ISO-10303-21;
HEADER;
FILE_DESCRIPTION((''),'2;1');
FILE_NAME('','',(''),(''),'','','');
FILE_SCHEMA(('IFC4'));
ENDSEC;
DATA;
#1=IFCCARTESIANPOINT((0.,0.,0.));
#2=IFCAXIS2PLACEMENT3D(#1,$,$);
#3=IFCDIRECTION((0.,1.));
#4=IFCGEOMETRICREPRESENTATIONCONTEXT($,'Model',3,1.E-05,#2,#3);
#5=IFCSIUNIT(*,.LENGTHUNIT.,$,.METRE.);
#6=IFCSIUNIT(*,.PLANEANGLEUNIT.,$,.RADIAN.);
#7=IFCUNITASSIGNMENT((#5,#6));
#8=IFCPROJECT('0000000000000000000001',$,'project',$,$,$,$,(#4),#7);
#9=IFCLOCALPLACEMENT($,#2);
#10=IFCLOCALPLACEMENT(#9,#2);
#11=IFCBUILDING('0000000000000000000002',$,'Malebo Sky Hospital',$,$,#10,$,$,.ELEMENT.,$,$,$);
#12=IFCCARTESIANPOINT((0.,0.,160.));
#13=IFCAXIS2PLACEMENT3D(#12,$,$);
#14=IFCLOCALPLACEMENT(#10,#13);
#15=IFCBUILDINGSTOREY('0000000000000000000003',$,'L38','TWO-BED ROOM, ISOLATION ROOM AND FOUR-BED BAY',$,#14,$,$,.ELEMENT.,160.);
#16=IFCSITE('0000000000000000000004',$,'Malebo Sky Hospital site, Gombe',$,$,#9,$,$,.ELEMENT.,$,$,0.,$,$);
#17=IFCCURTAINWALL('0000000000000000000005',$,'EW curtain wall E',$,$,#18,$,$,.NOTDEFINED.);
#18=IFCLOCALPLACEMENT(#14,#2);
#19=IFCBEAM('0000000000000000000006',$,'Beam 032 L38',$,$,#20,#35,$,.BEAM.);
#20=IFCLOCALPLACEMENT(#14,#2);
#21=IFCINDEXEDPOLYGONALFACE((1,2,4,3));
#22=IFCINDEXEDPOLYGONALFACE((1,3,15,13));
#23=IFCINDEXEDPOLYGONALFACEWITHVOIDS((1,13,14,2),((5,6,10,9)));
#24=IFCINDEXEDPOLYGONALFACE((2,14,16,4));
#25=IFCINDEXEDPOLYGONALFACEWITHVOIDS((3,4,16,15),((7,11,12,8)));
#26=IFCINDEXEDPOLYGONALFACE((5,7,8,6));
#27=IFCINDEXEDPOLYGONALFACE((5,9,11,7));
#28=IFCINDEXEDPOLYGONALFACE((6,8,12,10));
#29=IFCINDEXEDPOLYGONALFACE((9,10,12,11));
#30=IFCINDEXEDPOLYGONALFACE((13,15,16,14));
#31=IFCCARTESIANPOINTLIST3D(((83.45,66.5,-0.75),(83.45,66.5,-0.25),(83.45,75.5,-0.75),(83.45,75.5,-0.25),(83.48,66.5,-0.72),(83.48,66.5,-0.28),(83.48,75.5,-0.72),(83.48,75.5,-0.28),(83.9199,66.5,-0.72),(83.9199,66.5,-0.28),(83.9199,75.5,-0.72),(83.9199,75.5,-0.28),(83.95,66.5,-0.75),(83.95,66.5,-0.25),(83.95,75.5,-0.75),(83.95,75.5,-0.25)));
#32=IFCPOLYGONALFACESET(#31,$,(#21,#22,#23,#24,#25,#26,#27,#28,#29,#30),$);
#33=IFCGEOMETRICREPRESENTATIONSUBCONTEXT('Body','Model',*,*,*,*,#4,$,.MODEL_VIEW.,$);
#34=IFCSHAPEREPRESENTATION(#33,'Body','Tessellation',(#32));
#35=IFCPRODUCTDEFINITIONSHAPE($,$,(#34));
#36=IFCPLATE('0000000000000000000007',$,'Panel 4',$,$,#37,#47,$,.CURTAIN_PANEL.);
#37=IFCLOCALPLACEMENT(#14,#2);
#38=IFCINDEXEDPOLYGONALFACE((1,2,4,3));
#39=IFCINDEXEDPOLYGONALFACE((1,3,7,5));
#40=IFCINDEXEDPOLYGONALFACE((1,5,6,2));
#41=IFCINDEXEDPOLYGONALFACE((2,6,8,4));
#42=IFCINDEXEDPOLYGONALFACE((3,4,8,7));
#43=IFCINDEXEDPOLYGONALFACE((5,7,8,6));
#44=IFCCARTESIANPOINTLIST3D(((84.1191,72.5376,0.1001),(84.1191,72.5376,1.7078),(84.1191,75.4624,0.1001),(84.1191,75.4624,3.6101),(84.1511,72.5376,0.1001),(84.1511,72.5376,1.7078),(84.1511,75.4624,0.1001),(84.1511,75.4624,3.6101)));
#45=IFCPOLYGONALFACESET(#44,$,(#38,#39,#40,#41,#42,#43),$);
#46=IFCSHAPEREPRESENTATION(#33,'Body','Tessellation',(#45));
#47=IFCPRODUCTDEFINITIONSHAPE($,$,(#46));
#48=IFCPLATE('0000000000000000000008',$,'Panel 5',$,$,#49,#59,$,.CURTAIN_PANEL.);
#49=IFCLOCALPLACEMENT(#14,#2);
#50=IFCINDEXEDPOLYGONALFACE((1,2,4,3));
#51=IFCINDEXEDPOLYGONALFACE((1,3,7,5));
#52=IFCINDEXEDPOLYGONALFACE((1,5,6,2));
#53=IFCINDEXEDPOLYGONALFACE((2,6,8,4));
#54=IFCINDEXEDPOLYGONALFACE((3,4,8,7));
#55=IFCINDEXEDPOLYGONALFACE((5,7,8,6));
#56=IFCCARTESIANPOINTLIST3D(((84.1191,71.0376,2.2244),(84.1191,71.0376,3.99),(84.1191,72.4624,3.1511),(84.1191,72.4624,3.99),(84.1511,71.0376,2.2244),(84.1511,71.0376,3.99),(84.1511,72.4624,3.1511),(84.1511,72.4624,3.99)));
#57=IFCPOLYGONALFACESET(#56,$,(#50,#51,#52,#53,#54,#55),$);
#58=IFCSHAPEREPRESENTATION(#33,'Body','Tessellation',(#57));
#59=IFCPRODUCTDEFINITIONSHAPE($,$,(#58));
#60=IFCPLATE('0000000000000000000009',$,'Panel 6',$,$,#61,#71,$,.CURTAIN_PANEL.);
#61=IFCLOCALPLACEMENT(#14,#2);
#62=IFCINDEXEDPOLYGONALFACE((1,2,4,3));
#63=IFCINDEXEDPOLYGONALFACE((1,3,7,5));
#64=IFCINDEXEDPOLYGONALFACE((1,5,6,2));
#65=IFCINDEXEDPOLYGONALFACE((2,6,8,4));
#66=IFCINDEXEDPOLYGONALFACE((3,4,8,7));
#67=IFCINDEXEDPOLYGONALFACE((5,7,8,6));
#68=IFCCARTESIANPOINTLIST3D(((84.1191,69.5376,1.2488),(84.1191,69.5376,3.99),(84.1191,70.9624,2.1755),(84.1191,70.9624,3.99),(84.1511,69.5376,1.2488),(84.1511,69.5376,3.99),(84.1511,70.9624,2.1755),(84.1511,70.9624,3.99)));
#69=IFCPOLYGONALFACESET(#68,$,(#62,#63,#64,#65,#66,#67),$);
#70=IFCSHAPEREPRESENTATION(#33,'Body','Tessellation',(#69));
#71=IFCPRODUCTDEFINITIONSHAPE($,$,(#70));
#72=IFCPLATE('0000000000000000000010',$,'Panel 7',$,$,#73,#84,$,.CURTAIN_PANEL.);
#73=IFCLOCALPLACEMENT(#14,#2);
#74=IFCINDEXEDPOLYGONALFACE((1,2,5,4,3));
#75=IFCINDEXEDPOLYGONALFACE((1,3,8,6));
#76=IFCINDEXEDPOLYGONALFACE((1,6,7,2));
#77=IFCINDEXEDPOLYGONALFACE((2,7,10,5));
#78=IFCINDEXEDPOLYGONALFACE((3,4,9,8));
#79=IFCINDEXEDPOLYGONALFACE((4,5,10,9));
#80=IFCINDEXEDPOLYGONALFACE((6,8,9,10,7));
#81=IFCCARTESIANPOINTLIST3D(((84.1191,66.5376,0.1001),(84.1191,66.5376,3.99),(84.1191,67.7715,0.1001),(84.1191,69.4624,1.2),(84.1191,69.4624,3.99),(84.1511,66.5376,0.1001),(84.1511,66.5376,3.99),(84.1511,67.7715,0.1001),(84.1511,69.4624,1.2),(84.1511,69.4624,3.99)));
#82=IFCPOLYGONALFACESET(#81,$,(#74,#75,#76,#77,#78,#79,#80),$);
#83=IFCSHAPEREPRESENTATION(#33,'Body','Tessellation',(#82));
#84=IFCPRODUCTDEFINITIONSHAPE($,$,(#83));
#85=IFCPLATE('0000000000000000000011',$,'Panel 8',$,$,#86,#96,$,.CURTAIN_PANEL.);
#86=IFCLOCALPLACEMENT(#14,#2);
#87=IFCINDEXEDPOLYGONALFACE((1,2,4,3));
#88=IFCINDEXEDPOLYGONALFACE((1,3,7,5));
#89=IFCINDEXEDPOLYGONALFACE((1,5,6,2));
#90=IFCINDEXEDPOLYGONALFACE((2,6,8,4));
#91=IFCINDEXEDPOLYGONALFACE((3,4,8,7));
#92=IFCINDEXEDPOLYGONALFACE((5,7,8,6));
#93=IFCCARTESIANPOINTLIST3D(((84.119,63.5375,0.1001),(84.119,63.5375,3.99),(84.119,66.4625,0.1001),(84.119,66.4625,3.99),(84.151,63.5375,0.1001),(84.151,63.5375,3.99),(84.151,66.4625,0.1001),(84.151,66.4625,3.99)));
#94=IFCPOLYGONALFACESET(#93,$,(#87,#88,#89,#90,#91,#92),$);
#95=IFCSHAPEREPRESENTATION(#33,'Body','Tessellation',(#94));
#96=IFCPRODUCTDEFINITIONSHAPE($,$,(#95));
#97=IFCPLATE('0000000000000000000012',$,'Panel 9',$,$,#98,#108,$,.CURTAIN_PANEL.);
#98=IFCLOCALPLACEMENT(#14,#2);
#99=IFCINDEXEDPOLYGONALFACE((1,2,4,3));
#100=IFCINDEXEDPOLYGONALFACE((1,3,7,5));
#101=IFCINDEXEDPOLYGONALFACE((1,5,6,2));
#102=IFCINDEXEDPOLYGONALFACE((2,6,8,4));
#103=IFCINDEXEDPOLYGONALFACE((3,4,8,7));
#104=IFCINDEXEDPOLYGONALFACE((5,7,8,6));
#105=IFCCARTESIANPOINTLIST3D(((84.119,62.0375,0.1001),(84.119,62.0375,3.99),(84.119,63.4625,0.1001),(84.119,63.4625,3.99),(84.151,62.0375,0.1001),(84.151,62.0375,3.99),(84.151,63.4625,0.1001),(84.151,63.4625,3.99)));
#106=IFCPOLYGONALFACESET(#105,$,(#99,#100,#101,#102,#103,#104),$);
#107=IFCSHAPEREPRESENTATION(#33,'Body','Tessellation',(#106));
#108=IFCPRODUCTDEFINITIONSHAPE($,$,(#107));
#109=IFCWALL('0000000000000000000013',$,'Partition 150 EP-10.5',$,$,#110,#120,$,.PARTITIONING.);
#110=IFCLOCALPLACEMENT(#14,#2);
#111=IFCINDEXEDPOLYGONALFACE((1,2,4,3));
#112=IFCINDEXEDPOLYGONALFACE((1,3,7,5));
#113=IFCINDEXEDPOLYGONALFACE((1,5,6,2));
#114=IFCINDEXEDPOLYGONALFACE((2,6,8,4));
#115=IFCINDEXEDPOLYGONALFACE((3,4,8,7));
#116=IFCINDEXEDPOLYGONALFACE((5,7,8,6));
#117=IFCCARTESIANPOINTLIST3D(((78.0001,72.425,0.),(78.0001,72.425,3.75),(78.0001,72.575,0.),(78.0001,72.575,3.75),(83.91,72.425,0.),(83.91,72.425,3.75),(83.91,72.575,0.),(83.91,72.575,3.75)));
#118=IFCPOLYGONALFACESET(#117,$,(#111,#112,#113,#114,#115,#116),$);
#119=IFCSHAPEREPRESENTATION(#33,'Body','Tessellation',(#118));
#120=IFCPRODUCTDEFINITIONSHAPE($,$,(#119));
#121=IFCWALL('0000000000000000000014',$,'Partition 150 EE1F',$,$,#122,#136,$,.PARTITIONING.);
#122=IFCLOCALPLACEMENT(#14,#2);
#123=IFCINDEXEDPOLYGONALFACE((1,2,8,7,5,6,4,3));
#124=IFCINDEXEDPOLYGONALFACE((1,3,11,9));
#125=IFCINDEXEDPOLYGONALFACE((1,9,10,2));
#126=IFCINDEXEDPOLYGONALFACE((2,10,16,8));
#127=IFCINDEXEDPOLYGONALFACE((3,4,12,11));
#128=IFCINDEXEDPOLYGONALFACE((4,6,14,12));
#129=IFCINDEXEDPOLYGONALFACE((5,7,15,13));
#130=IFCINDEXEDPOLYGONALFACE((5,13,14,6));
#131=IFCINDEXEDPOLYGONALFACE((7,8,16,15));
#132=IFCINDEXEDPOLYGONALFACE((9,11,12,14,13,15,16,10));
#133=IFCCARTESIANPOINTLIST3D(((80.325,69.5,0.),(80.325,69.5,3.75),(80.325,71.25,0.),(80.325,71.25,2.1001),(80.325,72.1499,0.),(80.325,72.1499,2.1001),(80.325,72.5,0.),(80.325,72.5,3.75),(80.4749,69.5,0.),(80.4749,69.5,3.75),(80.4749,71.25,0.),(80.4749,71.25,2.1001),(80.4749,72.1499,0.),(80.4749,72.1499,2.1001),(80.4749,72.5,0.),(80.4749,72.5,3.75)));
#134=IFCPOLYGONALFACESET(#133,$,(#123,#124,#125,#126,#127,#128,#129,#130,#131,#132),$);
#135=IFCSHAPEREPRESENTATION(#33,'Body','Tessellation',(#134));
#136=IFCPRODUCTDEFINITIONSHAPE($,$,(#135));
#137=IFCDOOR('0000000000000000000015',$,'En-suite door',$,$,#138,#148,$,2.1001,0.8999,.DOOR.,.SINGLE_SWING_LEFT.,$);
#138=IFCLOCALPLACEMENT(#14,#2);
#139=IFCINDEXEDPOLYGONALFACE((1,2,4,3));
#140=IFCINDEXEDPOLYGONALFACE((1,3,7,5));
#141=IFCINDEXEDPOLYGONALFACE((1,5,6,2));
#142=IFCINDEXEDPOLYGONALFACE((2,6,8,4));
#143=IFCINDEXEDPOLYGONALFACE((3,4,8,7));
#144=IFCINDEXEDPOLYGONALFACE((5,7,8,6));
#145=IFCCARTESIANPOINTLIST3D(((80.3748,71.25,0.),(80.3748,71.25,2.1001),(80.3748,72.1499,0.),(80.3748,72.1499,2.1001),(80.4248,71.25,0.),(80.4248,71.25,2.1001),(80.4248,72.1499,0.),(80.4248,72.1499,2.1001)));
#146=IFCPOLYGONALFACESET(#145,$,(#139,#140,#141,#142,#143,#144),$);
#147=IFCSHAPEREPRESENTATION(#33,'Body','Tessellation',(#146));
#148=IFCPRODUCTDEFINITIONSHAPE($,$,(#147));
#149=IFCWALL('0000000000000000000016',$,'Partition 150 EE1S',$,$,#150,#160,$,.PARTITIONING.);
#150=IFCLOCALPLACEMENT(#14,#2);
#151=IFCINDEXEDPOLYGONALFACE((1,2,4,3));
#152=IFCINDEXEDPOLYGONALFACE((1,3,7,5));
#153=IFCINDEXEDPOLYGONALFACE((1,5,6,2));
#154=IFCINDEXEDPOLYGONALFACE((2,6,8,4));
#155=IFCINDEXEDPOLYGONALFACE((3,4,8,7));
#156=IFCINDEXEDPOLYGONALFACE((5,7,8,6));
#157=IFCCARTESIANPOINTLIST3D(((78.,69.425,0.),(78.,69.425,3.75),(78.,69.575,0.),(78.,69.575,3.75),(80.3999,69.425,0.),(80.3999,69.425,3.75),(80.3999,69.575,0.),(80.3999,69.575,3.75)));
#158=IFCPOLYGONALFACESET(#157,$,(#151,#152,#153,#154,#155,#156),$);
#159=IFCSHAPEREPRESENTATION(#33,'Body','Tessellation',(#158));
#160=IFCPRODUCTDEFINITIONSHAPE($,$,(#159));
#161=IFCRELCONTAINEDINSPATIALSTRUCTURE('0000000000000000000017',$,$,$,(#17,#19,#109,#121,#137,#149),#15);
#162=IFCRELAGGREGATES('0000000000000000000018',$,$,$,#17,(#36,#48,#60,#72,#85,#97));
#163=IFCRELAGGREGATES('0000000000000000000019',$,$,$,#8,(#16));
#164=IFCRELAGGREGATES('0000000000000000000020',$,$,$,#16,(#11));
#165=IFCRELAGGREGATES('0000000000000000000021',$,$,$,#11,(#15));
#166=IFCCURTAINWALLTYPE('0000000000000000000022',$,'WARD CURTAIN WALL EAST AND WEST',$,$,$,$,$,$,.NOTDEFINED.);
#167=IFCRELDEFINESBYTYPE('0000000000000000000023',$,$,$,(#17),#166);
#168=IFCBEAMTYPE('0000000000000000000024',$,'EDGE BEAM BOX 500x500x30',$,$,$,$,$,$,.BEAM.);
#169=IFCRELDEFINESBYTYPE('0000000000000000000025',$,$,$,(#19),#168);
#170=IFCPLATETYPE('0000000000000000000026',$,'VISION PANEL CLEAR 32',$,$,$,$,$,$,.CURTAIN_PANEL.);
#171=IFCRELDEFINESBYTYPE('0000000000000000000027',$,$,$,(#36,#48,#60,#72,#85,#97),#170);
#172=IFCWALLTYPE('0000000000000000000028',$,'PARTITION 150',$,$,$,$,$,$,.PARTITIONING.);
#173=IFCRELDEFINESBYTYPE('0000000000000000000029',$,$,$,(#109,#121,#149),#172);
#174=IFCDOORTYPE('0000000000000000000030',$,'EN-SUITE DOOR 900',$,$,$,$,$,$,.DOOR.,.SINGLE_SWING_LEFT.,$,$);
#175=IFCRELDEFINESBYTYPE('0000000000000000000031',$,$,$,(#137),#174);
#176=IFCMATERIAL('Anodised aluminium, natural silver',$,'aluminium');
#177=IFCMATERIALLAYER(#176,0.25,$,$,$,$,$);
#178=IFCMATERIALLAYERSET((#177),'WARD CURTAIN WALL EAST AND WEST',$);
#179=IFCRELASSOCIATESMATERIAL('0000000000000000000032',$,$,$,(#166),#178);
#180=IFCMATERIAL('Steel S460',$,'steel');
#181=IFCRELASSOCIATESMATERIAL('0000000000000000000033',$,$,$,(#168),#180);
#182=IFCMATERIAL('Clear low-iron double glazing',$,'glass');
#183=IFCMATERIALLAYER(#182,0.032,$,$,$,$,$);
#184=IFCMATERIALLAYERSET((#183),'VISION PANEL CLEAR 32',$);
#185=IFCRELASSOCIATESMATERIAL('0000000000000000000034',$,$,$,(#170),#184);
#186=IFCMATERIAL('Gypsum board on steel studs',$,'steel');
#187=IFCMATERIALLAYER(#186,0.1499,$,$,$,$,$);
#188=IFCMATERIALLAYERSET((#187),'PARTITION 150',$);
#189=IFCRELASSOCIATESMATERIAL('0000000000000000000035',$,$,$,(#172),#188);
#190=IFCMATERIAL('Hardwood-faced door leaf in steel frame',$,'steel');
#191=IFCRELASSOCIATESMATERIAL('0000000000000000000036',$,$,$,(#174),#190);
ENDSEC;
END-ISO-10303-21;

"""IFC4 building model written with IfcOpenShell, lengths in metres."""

from ifc_helpers import new_model, si_unit, direction, frame, frame_2d, origin, origin_2d, place, context, subcontext, project, spatial, polyline, rectangle, hollow_rectangle, outline, extrude, material, layer, layer_set, material_profile, profile_set, type_object, element, fill, aggregate, save


model = new_model("IFC4")

# Units and contexts
model_context = context("Model", 3, precision=1e-05, world=origin(), true_north=direction((0.0, 1.0)))
body_context = subcontext(model_context, "Body", "Model", "MODEL_VIEW")
ifc_project = project(units=[si_unit("LENGTHUNIT", "METRE"), si_unit("PLANEANGLEUNIT", "RADIAN")], contexts=[model_context])

# Site, building, storey
site_placement = place(None, origin())
site = spatial("IfcSite", under=ifc_project, at=site_placement, Name="Malebo Sky Hospital site, Gombe", CompositionType="ELEMENT", RefElevation=0.0)
building_placement = place(site_placement, origin())
building = spatial("IfcBuilding", under=site, at=building_placement, Name="Malebo Sky Hospital", CompositionType="ELEMENT")
storey_placement = place(building_placement, frame((0.0, 0.0, 160.0)))
storey = spatial("IfcBuildingStorey", under=building, at=storey_placement, Name="L38", Description="TWO-BED ROOM, ISOLATION ROOM AND FOUR-BED BAY", CompositionType="ELEMENT", Elevation=160.0)

# Shared definitions
ifc_material_1 = material(Name="Steel S460", Category="steel")

# Curtain wall
ifc_material_2 = material(Name="Anodised aluminium, natural silver", Category="aluminium")
ifc_layer_1 = layer(ifc_material_2, 0.25)
ifc_layer_set_1 = layer_set([ifc_layer_1], Name="WARD CURTAIN WALL EAST AND WEST")
curtain_wall_type = type_object("IfcCurtainWallType", Name="WARD CURTAIN WALL EAST AND WEST", PredefinedType="NOTDEFINED", material=ifc_layer_set_1)
curtain_wall_placement = place(storey_placement, origin())
curtain_wall = element("IfcCurtainWall", 1, at=curtain_wall_placement, inside=storey, type_object=curtain_wall_type, Name="EW curtain wall E", PredefinedType="NOTDEFINED")

# Beam
ifc_material_profile_1 = material_profile(ifc_material_1, hollow_rectangle(XDim=0.5, YDim=0.5, WallThickness=0.03, at=origin_2d()), Name="BOX 500x500x30")
ifc_profile_set_1 = profile_set([ifc_material_profile_1], Name="Steel S460")
beam_type = type_object("IfcBeamType", Name="EDGE BEAM BOX 500x500x30", PredefinedType="BEAM", material=ifc_profile_set_1)
beam_placement = place(storey_placement, frame((83.7, 66.5, -0.5), z_axis=(0.0, 1.0, 0.0), x_axis=(-1.0, 0.0, 0.0)))
element("IfcBeam", 2, at=beam_placement, inside=storey, type_object=beam_type, Name="Beam 032 L38", PredefinedType="BEAM", context=body_context, shape_type="SweptSolid", body=[
    extrude(hollow_rectangle(XDim=0.5, YDim=0.5, WallThickness=0.03, at=origin_2d()), origin(), (0.0, 0.0, 1.0), 9.0),
])

# Plates
ifc_material_3 = material(Name="Clear low-iron double glazing", Category="glass")
ifc_layer_2 = layer(ifc_material_3, 0.032)
ifc_layer_set_2 = layer_set([ifc_layer_2], Name="VISION PANEL CLEAR 32")
plate_type = type_object("IfcPlateType", Name="VISION PANEL CLEAR 32", PredefinedType="CURTAIN_PANEL", material=ifc_layer_set_2)
plate_1_placement = place(storey_placement, frame((84.135, 74.0, 0.1001), z_axis=(0.0, 0.0, 1.0), x_axis=(0.0, -1.0, 0.0)))
plate_1 = element("IfcPlate", 3, at=plate_1_placement, type_object=plate_type, Name="Panel 4", PredefinedType="CURTAIN_PANEL", context=body_context, shape_type="SweptSolid", body=[
    extrude(outline(polyline([(-1.4624, 0.0), (1.4624, 0.0), (1.4624, 1.6077), (-1.4624, 3.51), (-1.4624, 0.0)])), frame((0.0, 0.0161, 0.0), z_axis=(0.0, -1.0, 0.0), x_axis=(1.0, 0.0, 0.0)), (0.0, 0.0, 1.0), 0.032),
])
plate_2_placement = place(storey_placement, frame((84.135, 71.75, 2.2244), z_axis=(0.0, 0.0, 1.0), x_axis=(0.0, -1.0, 0.0)))
plate_2 = element("IfcPlate", 4, at=plate_2_placement, type_object=plate_type, Name="Panel 5", PredefinedType="CURTAIN_PANEL", context=body_context, shape_type="SweptSolid", body=[
    extrude(outline(polyline([(0.7124, 0.0), (0.7124, 1.7656), (-0.7124, 1.7656), (-0.7124, 0.9268), (0.7124, 0.0)])), frame((0.0, 0.0161, 0.0), z_axis=(0.0, -1.0, 0.0), x_axis=(1.0, 0.0, 0.0)), (0.0, 0.0, 1.0), 0.032),
])
plate_3_placement = place(storey_placement, frame((84.135, 70.25, 1.2488), z_axis=(0.0, 0.0, 1.0), x_axis=(0.0, -1.0, 0.0)))
plate_3 = element("IfcPlate", 5, at=plate_3_placement, type_object=plate_type, Name="Panel 6", PredefinedType="CURTAIN_PANEL", context=body_context, shape_type="SweptSolid", body=[
    extrude(outline(polyline([(0.7124, 0.0), (0.7124, 2.7412), (-0.7124, 2.7412), (-0.7124, 0.9268), (0.7124, 0.0)])), frame((0.0, 0.0161, 0.0), z_axis=(0.0, -1.0, 0.0), x_axis=(1.0, 0.0, 0.0)), (0.0, 0.0, 1.0), 0.032),
])
plate_4_placement = place(storey_placement, frame((84.135, 68.0, 0.1001), z_axis=(0.0, 0.0, 1.0), x_axis=(0.0, -1.0, 0.0)))
plate_4 = element("IfcPlate", 6, at=plate_4_placement, type_object=plate_type, Name="Panel 7", PredefinedType="CURTAIN_PANEL", context=body_context, shape_type="SweptSolid", body=[
    extrude(outline(polyline([(0.2285, 0.0), (1.4624, 0.0), (1.4624, 3.8899), (-1.4624, 3.8899), (-1.4624, 1.0999), (0.2285, 0.0)])), frame((0.0, 0.0161, 0.0), z_axis=(0.0, -1.0, 0.0), x_axis=(1.0, 0.0, 0.0)), (0.0, 0.0, 1.0), 0.032),
])
plate_5_placement = place(storey_placement, frame((84.135, 65.0, 0.1001), z_axis=(0.0, 0.0, 1.0), x_axis=(0.0, -1.0, 0.0)))
plate_5 = element("IfcPlate", 7, at=plate_5_placement, type_object=plate_type, Name="Panel 8", PredefinedType="CURTAIN_PANEL", context=body_context, shape_type="SweptSolid", body=[
    extrude(rectangle(XDim=2.925, YDim=0.032, at=origin_2d()), origin(), (0.0, 0.0, 1.0), 3.8899),
])
plate_6_placement = place(storey_placement, frame((84.135, 62.75, 0.1001), z_axis=(0.0, 0.0, 1.0), x_axis=(0.0, -1.0, 0.0)))
plate_6 = element("IfcPlate", 8, at=plate_6_placement, type_object=plate_type, Name="Panel 9", PredefinedType="CURTAIN_PANEL", context=body_context, shape_type="SweptSolid", body=[
    extrude(rectangle(XDim=1.425, YDim=0.032, at=origin_2d()), origin(), (0.0, 0.0, 1.0), 3.8899),
])
aggregate(curtain_wall, [plate_1, plate_2, plate_3, plate_4, plate_5, plate_6])

# Wall
ifc_material_4 = material(Name="Gypsum board on steel studs", Category="steel")
ifc_layer_3 = layer(ifc_material_4, 0.1499)
ifc_layer_set_3 = layer_set([ifc_layer_3], Name="PARTITION 150")
wall_type_1 = type_object("IfcWallType", Name="PARTITION 150", PredefinedType="PARTITIONING", material=ifc_layer_set_3)
wall_1_placement = place(storey_placement, frame((78.0, 72.5, 0.0), z_axis=(0.0, 0.0, 1.0), x_axis=(1.0, 0.0, 0.0)))
element("IfcWall", 9, at=wall_1_placement, inside=storey, type_object=wall_type_1, Name="Partition 150 EP-10.5", PredefinedType="PARTITIONING", context=body_context, shape_type="SweptSolid", body=[
    extrude(rectangle(XDim=5.9099, YDim=0.1499, at=frame_2d((2.9551, 0.0))), origin(), (0.0, 0.0, 1.0), 3.75),
])

# Wall, opening, door
wall_2_placement = place(storey_placement, frame((80.3999, 72.5, 0.0), z_axis=(0.0, 0.0, 1.0), x_axis=(0.0, -1.0, 0.0)))
wall_2 = element("IfcWall", 10, at=wall_2_placement, inside=storey, type_object=wall_type_1, Name="Partition 150 EE1F", PredefinedType="PARTITIONING", context=body_context, shape_type="SweptSolid", body=[
    extrude(rectangle(XDim=3.0, YDim=0.1499, at=frame_2d((1.5, 0.0))), origin(), (0.0, 0.0, 1.0), 3.75),
])
opening_1_placement = place(wall_2_placement, frame((0.3501, 0.0, 0.0)))
opening_1 = element("IfcOpeningElement", 11, at=opening_1_placement, cuts=wall_2, PredefinedType="OPENING", context=body_context, shape_type="SweptSolid", body=[
    extrude(rectangle(XDim=0.8999, YDim=2.1001, at=frame_2d((0.45, 1.05))), frame((0.0, 0.085, 0.0), z_axis=(0.0, -1.0, 0.0), x_axis=(1.0, 0.0, 0.0)), (0.0, 0.0, 1.0), 0.1699),
])
ifc_material_5 = material(Name="Hardwood-faced door leaf in steel frame", Category="steel")
door_type_1 = type_object("IfcDoorType", Name="EN-SUITE DOOR 900", OperationType="SINGLE_SWING_LEFT", PredefinedType="DOOR", material=ifc_material_5)
door_1_placement = place(opening_1_placement, origin())
door_1 = element("IfcDoor", 12, at=door_1_placement, inside=storey, type_object=door_type_1, Name="En-suite door", OperationType="SINGLE_SWING_LEFT", OverallHeight=2.1001, OverallWidth=0.8999, PredefinedType="DOOR", context=body_context, shape_type="SweptSolid", body=[
    extrude(rectangle(XDim=0.8999, YDim=2.1001, at=frame_2d((0.45, 1.05))), frame((0.0, 0.0249, 0.0), z_axis=(0.0, -1.0, 0.0), x_axis=(1.0, 0.0, 0.0)), (0.0, 0.0, 1.0), 0.05),
])
fill(opening_1, door_1)

# Wall
wall_3_placement = place(storey_placement, frame((78.0, 69.5, 0.0), z_axis=(0.0, 0.0, 1.0), x_axis=(1.0, 0.0, 0.0)))
element("IfcWall", 13, at=wall_3_placement, inside=storey, type_object=wall_type_1, Name="Partition 150 EE1S", PredefinedType="PARTITIONING", context=body_context, shape_type="SweptSolid", body=[
    extrude(rectangle(XDim=2.3999, YDim=0.1499, at=frame_2d((1.2, 0.0))), origin(), (0.0, 0.0, 1.0), 3.75),
])

save(model, "model.ifc")
